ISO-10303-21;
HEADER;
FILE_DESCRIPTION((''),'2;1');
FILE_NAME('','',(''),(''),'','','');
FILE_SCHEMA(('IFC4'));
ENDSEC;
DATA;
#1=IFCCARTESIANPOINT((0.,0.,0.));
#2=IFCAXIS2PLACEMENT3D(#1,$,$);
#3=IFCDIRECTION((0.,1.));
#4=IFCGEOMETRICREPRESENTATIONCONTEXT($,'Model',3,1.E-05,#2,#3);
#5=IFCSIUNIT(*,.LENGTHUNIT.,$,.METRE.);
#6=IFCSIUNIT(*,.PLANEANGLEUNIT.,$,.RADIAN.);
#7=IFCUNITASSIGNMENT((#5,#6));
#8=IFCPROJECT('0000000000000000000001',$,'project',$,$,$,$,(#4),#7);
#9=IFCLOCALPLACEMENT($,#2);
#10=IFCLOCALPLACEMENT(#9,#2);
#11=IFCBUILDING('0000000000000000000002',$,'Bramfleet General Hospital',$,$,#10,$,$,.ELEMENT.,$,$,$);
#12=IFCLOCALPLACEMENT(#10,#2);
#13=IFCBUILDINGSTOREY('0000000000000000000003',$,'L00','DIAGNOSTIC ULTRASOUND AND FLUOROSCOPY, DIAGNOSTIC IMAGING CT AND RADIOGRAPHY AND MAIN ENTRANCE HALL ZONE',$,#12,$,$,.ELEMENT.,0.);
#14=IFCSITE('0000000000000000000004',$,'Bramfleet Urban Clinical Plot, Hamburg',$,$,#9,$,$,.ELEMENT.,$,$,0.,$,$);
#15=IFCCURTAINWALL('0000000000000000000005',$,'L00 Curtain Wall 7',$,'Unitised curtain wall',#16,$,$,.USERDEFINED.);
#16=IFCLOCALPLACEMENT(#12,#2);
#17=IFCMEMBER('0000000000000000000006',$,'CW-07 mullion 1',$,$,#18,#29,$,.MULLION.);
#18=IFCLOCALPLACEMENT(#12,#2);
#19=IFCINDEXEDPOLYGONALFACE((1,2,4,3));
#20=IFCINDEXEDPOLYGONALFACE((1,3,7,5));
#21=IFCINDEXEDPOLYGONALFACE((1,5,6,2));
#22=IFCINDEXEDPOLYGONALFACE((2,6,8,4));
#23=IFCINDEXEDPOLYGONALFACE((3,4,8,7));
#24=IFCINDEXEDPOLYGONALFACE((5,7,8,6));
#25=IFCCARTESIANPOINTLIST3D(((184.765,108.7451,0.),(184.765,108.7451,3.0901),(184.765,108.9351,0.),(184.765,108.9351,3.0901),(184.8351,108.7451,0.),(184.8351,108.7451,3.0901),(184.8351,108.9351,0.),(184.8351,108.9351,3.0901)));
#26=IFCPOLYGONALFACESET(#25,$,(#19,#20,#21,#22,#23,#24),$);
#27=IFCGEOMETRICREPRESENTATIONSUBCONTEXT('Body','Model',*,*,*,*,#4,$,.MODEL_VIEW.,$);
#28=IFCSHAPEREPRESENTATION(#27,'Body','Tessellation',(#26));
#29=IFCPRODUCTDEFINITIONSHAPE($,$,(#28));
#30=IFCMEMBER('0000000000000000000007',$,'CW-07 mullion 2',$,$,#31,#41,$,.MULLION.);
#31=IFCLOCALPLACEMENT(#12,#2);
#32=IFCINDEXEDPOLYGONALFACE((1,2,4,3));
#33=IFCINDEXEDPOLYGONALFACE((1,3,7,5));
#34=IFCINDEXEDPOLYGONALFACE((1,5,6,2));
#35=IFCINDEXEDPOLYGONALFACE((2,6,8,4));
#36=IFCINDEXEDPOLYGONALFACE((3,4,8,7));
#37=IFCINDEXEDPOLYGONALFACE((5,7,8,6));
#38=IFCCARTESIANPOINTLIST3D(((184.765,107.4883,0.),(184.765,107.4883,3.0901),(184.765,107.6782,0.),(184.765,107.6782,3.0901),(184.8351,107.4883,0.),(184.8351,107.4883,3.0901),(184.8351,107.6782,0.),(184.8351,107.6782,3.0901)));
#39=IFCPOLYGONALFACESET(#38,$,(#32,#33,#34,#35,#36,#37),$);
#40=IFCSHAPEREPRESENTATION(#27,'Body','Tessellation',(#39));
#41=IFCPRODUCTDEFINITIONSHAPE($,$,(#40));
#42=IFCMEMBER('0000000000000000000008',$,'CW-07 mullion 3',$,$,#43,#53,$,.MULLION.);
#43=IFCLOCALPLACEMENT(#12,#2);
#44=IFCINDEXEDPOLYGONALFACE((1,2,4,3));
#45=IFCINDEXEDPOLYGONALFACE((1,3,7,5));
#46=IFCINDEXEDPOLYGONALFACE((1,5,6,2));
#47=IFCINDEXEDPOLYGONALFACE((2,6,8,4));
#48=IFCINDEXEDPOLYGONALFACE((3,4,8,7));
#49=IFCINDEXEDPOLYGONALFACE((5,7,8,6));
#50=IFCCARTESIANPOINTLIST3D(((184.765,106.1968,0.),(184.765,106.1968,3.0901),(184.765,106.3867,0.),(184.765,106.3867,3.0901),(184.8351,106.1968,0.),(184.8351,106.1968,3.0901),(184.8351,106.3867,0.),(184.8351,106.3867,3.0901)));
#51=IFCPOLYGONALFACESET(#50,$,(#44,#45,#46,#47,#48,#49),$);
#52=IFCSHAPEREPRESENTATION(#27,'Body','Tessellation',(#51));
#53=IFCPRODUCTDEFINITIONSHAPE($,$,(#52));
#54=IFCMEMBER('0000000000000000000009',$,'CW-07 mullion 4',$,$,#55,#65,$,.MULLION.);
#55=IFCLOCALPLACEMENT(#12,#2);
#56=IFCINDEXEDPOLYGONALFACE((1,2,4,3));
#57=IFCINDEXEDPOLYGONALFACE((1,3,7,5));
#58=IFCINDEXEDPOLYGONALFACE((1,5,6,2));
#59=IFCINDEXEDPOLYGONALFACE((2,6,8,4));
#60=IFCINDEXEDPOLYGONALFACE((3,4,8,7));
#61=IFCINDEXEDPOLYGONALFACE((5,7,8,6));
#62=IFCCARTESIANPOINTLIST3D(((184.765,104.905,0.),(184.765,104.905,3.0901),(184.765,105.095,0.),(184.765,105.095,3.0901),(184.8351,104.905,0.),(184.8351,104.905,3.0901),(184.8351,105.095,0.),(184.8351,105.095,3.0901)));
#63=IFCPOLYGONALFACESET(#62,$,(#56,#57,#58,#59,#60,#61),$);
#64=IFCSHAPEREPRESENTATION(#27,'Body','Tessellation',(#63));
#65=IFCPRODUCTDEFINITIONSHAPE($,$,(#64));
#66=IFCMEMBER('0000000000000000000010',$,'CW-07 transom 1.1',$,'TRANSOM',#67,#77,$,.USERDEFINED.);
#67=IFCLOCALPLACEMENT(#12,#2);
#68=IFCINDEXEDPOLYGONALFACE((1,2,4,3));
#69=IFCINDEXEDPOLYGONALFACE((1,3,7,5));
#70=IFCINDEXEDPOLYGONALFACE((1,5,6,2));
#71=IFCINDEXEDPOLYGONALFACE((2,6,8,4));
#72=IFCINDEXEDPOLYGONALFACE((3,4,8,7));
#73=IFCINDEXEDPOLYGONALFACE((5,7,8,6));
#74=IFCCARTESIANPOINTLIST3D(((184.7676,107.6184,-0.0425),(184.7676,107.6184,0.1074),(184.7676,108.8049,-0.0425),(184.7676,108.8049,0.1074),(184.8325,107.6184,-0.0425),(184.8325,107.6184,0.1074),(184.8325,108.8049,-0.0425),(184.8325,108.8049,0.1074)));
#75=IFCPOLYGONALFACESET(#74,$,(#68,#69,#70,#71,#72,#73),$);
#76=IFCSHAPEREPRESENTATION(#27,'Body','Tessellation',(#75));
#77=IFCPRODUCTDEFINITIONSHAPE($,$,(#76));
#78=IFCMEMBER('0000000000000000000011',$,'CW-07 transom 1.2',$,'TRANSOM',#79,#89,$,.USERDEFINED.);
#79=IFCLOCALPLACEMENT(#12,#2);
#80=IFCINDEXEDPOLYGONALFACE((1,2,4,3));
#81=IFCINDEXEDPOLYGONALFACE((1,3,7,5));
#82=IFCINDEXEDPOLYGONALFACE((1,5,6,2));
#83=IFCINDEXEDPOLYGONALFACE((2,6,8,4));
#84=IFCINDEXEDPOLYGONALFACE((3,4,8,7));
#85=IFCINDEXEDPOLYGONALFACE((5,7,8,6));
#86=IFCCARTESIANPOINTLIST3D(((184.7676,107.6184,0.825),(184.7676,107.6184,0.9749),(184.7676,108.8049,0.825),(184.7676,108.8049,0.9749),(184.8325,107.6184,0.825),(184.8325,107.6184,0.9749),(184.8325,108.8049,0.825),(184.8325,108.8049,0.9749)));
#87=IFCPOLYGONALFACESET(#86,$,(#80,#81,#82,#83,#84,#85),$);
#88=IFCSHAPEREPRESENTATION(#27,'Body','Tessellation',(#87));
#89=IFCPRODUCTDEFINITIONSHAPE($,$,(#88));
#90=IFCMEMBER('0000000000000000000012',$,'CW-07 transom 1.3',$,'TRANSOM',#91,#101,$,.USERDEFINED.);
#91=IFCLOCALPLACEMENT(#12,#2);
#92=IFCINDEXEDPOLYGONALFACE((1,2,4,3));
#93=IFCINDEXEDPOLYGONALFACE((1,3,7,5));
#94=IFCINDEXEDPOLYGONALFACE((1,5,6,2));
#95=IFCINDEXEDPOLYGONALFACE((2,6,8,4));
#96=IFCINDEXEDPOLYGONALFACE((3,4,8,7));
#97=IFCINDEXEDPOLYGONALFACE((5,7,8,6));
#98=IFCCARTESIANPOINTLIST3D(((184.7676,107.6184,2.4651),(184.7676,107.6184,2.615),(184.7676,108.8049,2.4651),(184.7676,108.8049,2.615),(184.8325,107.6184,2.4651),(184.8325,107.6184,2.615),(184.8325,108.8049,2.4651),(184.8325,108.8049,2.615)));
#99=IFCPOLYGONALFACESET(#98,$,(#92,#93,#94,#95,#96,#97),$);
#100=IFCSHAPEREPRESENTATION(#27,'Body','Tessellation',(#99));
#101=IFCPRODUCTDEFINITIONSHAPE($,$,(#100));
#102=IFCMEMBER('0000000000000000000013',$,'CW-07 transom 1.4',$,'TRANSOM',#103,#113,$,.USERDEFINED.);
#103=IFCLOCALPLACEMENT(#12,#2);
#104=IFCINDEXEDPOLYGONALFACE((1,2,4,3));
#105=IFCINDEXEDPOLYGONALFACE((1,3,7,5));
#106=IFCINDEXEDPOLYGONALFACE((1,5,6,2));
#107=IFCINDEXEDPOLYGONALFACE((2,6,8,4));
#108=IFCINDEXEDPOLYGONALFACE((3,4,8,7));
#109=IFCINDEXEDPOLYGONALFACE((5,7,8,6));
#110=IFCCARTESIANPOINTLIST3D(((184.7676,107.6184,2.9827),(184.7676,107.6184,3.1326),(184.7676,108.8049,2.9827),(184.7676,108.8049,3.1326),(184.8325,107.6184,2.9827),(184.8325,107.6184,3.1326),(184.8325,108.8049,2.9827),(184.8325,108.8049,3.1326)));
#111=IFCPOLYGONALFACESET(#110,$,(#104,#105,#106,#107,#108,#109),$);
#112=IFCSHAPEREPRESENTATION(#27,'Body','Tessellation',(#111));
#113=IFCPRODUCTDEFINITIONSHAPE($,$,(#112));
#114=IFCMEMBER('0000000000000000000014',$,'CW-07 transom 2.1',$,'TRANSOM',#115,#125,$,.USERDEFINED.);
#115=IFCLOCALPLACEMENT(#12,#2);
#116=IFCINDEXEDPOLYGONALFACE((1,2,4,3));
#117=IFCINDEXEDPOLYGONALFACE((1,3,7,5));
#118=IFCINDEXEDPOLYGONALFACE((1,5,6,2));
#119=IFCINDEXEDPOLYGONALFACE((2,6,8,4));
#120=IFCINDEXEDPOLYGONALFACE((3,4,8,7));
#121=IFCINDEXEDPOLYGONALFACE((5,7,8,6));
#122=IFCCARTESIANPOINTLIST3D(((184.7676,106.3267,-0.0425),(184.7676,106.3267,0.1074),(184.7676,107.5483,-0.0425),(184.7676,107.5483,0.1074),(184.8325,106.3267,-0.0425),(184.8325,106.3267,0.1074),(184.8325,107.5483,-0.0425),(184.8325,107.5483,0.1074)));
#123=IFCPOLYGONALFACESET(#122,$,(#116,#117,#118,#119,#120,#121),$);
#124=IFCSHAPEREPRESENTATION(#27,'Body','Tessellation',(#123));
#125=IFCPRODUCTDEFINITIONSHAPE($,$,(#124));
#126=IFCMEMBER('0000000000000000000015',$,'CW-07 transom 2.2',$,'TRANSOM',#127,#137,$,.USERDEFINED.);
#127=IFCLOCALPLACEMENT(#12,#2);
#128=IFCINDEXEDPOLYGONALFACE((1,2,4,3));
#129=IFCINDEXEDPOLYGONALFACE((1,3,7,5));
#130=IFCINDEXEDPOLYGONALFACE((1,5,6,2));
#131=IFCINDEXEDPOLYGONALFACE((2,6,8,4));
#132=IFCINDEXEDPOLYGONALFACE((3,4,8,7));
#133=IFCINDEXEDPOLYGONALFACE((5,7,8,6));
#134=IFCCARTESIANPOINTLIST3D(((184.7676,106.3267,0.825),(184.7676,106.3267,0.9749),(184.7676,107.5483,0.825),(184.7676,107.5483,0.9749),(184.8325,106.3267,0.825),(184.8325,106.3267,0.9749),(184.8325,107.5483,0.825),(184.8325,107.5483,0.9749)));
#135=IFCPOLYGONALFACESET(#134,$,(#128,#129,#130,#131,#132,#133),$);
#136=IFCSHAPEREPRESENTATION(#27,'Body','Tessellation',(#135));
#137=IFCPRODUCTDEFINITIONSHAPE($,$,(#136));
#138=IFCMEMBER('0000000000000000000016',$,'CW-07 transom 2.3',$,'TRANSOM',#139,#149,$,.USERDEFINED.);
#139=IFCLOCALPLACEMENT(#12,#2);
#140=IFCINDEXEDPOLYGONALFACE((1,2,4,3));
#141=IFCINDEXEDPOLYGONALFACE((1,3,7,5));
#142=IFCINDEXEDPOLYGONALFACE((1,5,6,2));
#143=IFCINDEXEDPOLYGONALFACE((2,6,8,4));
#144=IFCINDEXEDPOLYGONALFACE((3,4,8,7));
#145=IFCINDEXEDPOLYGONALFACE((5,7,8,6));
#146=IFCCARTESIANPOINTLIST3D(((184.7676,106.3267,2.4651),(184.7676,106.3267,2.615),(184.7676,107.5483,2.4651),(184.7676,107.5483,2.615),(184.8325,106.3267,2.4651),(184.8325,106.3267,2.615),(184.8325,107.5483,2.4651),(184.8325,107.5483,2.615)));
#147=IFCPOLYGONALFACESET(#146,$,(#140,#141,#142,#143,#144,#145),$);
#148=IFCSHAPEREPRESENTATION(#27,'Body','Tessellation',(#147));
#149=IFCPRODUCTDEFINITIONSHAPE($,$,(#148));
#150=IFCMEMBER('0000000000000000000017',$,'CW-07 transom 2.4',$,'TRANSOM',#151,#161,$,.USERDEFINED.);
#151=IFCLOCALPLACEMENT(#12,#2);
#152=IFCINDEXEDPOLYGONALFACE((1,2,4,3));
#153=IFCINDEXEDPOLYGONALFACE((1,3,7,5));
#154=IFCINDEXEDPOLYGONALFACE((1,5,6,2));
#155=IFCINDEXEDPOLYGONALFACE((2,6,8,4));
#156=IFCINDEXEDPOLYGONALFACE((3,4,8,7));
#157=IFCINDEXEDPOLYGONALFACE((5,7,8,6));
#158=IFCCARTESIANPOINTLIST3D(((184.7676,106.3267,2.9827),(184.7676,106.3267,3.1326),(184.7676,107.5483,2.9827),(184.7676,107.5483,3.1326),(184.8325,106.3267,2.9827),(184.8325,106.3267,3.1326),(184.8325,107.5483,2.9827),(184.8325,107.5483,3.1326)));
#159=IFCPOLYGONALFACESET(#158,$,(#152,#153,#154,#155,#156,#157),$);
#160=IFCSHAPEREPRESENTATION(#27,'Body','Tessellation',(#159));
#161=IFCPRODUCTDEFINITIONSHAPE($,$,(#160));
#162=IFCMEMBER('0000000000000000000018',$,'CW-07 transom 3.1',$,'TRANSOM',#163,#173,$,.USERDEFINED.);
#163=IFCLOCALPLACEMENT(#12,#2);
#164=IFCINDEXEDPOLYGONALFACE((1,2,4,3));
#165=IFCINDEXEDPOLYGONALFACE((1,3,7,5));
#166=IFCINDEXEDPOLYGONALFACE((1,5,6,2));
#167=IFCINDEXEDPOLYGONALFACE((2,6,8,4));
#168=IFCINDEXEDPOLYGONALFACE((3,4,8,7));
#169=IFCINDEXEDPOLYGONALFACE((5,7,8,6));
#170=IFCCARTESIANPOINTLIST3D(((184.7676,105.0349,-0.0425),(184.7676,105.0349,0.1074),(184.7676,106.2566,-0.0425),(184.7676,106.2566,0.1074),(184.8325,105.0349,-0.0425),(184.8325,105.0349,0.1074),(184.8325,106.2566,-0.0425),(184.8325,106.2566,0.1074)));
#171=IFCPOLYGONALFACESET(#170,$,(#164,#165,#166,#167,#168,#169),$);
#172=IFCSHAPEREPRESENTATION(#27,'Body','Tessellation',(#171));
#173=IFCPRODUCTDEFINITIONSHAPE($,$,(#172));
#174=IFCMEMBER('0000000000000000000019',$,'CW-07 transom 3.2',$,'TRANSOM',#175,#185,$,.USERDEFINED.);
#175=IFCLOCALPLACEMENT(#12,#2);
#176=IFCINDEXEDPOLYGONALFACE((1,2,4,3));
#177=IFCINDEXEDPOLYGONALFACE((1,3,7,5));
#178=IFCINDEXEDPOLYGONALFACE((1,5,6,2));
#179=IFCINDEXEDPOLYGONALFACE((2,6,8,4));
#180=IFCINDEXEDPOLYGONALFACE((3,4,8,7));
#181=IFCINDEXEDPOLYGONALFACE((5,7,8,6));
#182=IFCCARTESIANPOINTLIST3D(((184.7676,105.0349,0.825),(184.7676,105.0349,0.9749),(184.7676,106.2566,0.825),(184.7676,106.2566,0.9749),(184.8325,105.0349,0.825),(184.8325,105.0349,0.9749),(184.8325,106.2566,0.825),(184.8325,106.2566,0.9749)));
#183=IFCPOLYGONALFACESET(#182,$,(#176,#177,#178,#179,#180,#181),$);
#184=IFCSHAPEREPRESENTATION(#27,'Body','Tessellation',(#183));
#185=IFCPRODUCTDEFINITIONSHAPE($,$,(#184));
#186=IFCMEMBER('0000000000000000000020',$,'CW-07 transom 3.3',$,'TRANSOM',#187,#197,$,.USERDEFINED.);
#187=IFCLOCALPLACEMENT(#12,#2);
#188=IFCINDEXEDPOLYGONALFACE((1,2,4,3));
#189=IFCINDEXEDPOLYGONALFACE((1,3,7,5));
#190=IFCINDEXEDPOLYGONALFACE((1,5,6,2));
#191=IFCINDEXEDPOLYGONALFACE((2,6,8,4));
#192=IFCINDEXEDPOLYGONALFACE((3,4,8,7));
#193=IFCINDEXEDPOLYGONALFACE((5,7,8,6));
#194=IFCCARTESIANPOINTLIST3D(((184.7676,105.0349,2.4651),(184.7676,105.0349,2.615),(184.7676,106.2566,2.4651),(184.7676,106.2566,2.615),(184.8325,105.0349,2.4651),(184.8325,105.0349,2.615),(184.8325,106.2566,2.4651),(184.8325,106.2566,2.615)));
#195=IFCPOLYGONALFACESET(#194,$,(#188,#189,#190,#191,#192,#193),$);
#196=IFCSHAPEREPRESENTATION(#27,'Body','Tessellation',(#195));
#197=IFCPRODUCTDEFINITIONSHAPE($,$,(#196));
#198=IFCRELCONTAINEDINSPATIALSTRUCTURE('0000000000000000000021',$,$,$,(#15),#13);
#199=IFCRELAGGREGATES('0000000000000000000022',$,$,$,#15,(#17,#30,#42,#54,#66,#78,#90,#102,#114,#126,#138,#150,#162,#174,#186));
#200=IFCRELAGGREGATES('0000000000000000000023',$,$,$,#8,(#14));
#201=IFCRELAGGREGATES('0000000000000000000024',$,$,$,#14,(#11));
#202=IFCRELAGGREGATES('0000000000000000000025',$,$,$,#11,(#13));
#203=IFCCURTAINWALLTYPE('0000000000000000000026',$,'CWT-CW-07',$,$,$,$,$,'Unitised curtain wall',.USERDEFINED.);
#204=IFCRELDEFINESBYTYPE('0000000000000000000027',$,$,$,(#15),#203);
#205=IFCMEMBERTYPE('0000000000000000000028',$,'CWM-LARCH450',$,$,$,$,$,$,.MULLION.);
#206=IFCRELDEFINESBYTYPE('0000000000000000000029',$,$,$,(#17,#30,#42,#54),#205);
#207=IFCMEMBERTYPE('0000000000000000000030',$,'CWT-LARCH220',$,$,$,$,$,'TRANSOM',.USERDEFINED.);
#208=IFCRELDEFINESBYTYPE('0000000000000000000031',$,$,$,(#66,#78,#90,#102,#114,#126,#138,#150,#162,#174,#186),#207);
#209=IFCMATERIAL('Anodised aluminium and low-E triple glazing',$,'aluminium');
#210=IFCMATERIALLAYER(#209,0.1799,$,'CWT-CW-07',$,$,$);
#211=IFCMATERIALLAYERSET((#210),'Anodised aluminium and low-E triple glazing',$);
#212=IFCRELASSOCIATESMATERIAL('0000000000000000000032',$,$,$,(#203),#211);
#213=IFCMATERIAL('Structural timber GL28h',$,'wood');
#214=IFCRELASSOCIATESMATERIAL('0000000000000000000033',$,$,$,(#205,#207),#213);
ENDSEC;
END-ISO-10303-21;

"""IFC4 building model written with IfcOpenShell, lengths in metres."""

from ifc_helpers import new_model, si_unit, direction, frame, origin, origin_2d, place, context, subcontext, project, spatial, rectangle, extrude, material, layer, layer_set, material_profile, profile_set, type_object, element, aggregate, save


model = new_model("IFC4")

# Units and contexts
model_context = context("Model", 3, precision=1e-05, world=origin(), true_north=direction((0.0, 1.0)))
body_context = subcontext(model_context, "Body", "Model", "MODEL_VIEW")
ifc_project = project(units=[si_unit("LENGTHUNIT", "METRE"), si_unit("PLANEANGLEUNIT", "RADIAN")], contexts=[model_context])

# Site, building, storey
site_placement = place(None, origin())
site = spatial("IfcSite", under=ifc_project, at=site_placement, Name="Bramfleet Urban Clinical Plot, Hamburg", CompositionType="ELEMENT", RefElevation=0.0)
building_placement = place(site_placement, origin())
building = spatial("IfcBuilding", under=site, at=building_placement, Name="Bramfleet General Hospital", CompositionType="ELEMENT")
storey_placement = place(building_placement, origin())
storey = spatial("IfcBuildingStorey", under=building, at=storey_placement, Name="L00", Description="DIAGNOSTIC ULTRASOUND AND FLUOROSCOPY, DIAGNOSTIC IMAGING CT AND RADIOGRAPHY AND MAIN ENTRANCE HALL ZONE", CompositionType="ELEMENT", Elevation=0.0)

# Curtain wall, members
ifc_material_1 = material(Name="Anodised aluminium and low-E triple glazing", Category="aluminium")
ifc_layer_1 = layer(ifc_material_1, 0.1799, Name="CWT-CW-07")
ifc_layer_set_1 = layer_set([ifc_layer_1], Name="Anodised aluminium and low-E triple glazing")
curtain_wall_type = type_object("IfcCurtainWallType", Name="CWT-CW-07", ElementType="Unitised curtain wall", PredefinedType="USERDEFINED", material=ifc_layer_set_1)
curtain_wall_placement = place(storey_placement, origin())
curtain_wall = element("IfcCurtainWall", 1, at=curtain_wall_placement, inside=storey, type_object=curtain_wall_type, Name="L00 Curtain Wall 7", ObjectType="Unitised curtain wall", PredefinedType="USERDEFINED")
ifc_material_2 = material(Name="Structural timber GL28h", Category="wood")
ifc_material_profile_1 = material_profile(ifc_material_2, rectangle(XDim=0.0701, YDim=0.1899, at=origin_2d()), Name="LARCH 190x70")
ifc_profile_set_1 = profile_set([ifc_material_profile_1], Name="Structural timber GL28h")
member_type_1 = type_object("IfcMemberType", Name="CWM-LARCH450", PredefinedType="MULLION", material=ifc_profile_set_1)
member_1_placement = place(storey_placement, frame((184.8, 108.8401, 0.0), z_axis=(0.0, 0.0, 1.0), x_axis=(1.0, 0.0, 0.0)))
member_1 = element("IfcMember", 2, at=member_1_placement, type_object=member_type_1, Name="CW-07 mullion 1", PredefinedType="MULLION", context=body_context, shape_type="SweptSolid", body=[
    extrude(rectangle(XDim=0.0701, YDim=0.1899, at=origin_2d()), origin(), (0.0, 0.0, 1.0), 3.0901),
])
member_2_placement = place(storey_placement, frame((184.8, 107.5833, 0.0), z_axis=(0.0, 0.0, 1.0), x_axis=(1.0, 0.0, 0.0)))
member_2 = element("IfcMember", 3, at=member_2_placement, type_object=member_type_1, Name="CW-07 mullion 2", PredefinedType="MULLION", context=body_context, shape_type="SweptSolid", body=[
    extrude(rectangle(XDim=0.0701, YDim=0.1899, at=origin_2d()), origin(), (0.0, 0.0, 1.0), 3.0901),
])
member_3_placement = place(storey_placement, frame((184.8, 106.2917, 0.0), z_axis=(0.0, 0.0, 1.0), x_axis=(1.0, 0.0, 0.0)))
member_3 = element("IfcMember", 4, at=member_3_placement, type_object=member_type_1, Name="CW-07 mullion 3", PredefinedType="MULLION", context=body_context, shape_type="SweptSolid", body=[
    extrude(rectangle(XDim=0.0701, YDim=0.1899, at=origin_2d()), origin(), (0.0, 0.0, 1.0), 3.0901),
])
member_4_placement = place(storey_placement, frame((184.8, 105.0, 0.0), z_axis=(0.0, 0.0, 1.0), x_axis=(1.0, 0.0, 0.0)))
member_4 = element("IfcMember", 5, at=member_4_placement, type_object=member_type_1, Name="CW-07 mullion 4", PredefinedType="MULLION", context=body_context, shape_type="SweptSolid", body=[
    extrude(rectangle(XDim=0.0701, YDim=0.1899, at=origin_2d()), origin(), (0.0, 0.0, 1.0), 3.0901),
])
ifc_material_profile_2 = material_profile(ifc_material_2, rectangle(XDim=0.0649, YDim=0.1499, at=origin_2d()), Name="LARCH 150x65")
ifc_profile_set_2 = profile_set([ifc_material_profile_2], Name="Structural timber GL28h")
member_type_2 = type_object("IfcMemberType", Name="CWT-LARCH220", ElementType="TRANSOM", PredefinedType="USERDEFINED", material=ifc_profile_set_2)
member_5_placement = place(storey_placement, frame((184.8, 108.8049, 0.0325), z_axis=(0.0, -1.0, 0.0), x_axis=(1.0, 0.0, 0.0)))
member_5 = element("IfcMember", 6, at=member_5_placement, type_object=member_type_2, Name="CW-07 transom 1.1", ObjectType="TRANSOM", PredefinedType="USERDEFINED", context=body_context, shape_type="SweptSolid", body=[
    extrude(rectangle(XDim=0.0649, YDim=0.1499, at=origin_2d()), origin(), (0.0, 0.0, 1.0), 1.1865),
])
member_6_placement = place(storey_placement, frame((184.8, 108.8049, 0.8999), z_axis=(0.0, -1.0, 0.0), x_axis=(1.0, 0.0, 0.0)))
member_6 = element("IfcMember", 7, at=member_6_placement, type_object=member_type_2, Name="CW-07 transom 1.2", ObjectType="TRANSOM", PredefinedType="USERDEFINED", context=body_context, shape_type="SweptSolid", body=[
    extrude(rectangle(XDim=0.0649, YDim=0.1499, at=origin_2d()), origin(), (0.0, 0.0, 1.0), 1.1865),
])
member_7_placement = place(storey_placement, frame((184.8, 108.8049, 2.54), z_axis=(0.0, -1.0, 0.0), x_axis=(1.0, 0.0, 0.0)))
member_7 = element("IfcMember", 8, at=member_7_placement, type_object=member_type_2, Name="CW-07 transom 1.3", ObjectType="TRANSOM", PredefinedType="USERDEFINED", context=body_context, shape_type="SweptSolid", body=[
    extrude(rectangle(XDim=0.0649, YDim=0.1499, at=origin_2d()), origin(), (0.0, 0.0, 1.0), 1.1865),
])
member_8_placement = place(storey_placement, frame((184.8, 108.8049, 3.0576), z_axis=(0.0, -1.0, 0.0), x_axis=(1.0, 0.0, 0.0)))
member_8 = element("IfcMember", 9, at=member_8_placement, type_object=member_type_2, Name="CW-07 transom 1.4", ObjectType="TRANSOM", PredefinedType="USERDEFINED", context=body_context, shape_type="SweptSolid", body=[
    extrude(rectangle(XDim=0.0649, YDim=0.1499, at=origin_2d()), origin(), (0.0, 0.0, 1.0), 1.1865),
])
member_9_placement = place(storey_placement, frame((184.8, 107.5483, 0.0325), z_axis=(0.0, -1.0, 0.0), x_axis=(1.0, 0.0, 0.0)))
member_9 = element("IfcMember", 10, at=member_9_placement, type_object=member_type_2, Name="CW-07 transom 2.1", ObjectType="TRANSOM", PredefinedType="USERDEFINED", context=body_context, shape_type="SweptSolid", body=[
    extrude(rectangle(XDim=0.0649, YDim=0.1499, at=origin_2d()), origin(), (0.0, 0.0, 1.0), 1.2217),
])
member_10_placement = place(storey_placement, frame((184.8, 107.5483, 0.8999), z_axis=(0.0, -1.0, 0.0), x_axis=(1.0, 0.0, 0.0)))
member_10 = element("IfcMember", 11, at=member_10_placement, type_object=member_type_2, Name="CW-07 transom 2.2", ObjectType="TRANSOM", PredefinedType="USERDEFINED", context=body_context, shape_type="SweptSolid", body=[
    extrude(rectangle(XDim=0.0649, YDim=0.1499, at=origin_2d()), origin(), (0.0, 0.0, 1.0), 1.2217),
])
member_11_placement = place(storey_placement, frame((184.8, 107.5483, 2.54), z_axis=(0.0, -1.0, 0.0), x_axis=(1.0, 0.0, 0.0)))
member_11 = element("IfcMember", 12, at=member_11_placement, type_object=member_type_2, Name="CW-07 transom 2.3", ObjectType="TRANSOM", PredefinedType="USERDEFINED", context=body_context, shape_type="SweptSolid", body=[
    extrude(rectangle(XDim=0.0649, YDim=0.1499, at=origin_2d()), origin(), (0.0, 0.0, 1.0), 1.2217),
])
member_12_placement = place(storey_placement, frame((184.8, 107.5483, 3.0576), z_axis=(0.0, -1.0, 0.0), x_axis=(1.0, 0.0, 0.0)))
member_12 = element("IfcMember", 13, at=member_12_placement, type_object=member_type_2, Name="CW-07 transom 2.4", ObjectType="TRANSOM", PredefinedType="USERDEFINED", context=body_context, shape_type="SweptSolid", body=[
    extrude(rectangle(XDim=0.0649, YDim=0.1499, at=origin_2d()), origin(), (0.0, 0.0, 1.0), 1.2217),
])
member_13_placement = place(storey_placement, frame((184.8, 106.2566, 0.0325), z_axis=(0.0, -1.0, 0.0), x_axis=(1.0, 0.0, 0.0)))
member_13 = element("IfcMember", 14, at=member_13_placement, type_object=member_type_2, Name="CW-07 transom 3.1", ObjectType="TRANSOM", PredefinedType="USERDEFINED", context=body_context, shape_type="SweptSolid", body=[
    extrude(rectangle(XDim=0.0649, YDim=0.1499, at=origin_2d()), origin(), (0.0, 0.0, 1.0), 1.2217),
])
member_14_placement = place(storey_placement, frame((184.8, 106.2566, 0.8999), z_axis=(0.0, -1.0, 0.0), x_axis=(1.0, 0.0, 0.0)))
member_14 = element("IfcMember", 15, at=member_14_placement, type_object=member_type_2, Name="CW-07 transom 3.2", ObjectType="TRANSOM", PredefinedType="USERDEFINED", context=body_context, shape_type="SweptSolid", body=[
    extrude(rectangle(XDim=0.0649, YDim=0.1499, at=origin_2d()), origin(), (0.0, 0.0, 1.0), 1.2217),
])
member_15_placement = place(storey_placement, frame((184.8, 106.2566, 2.54), z_axis=(0.0, -1.0, 0.0), x_axis=(1.0, 0.0, 0.0)))
member_15 = element("IfcMember", 16, at=member_15_placement, type_object=member_type_2, Name="CW-07 transom 3.3", ObjectType="TRANSOM", PredefinedType="USERDEFINED", context=body_context, shape_type="SweptSolid", body=[
    extrude(rectangle(XDim=0.0649, YDim=0.1499, at=origin_2d()), origin(), (0.0, 0.0, 1.0), 1.2217),
])
aggregate(curtain_wall, [member_1, member_2, member_3, member_4, member_5, member_6, member_7, member_8, member_9, member_10, member_11, member_12, member_13, member_14, member_15])

save(model, "model.ifc")
